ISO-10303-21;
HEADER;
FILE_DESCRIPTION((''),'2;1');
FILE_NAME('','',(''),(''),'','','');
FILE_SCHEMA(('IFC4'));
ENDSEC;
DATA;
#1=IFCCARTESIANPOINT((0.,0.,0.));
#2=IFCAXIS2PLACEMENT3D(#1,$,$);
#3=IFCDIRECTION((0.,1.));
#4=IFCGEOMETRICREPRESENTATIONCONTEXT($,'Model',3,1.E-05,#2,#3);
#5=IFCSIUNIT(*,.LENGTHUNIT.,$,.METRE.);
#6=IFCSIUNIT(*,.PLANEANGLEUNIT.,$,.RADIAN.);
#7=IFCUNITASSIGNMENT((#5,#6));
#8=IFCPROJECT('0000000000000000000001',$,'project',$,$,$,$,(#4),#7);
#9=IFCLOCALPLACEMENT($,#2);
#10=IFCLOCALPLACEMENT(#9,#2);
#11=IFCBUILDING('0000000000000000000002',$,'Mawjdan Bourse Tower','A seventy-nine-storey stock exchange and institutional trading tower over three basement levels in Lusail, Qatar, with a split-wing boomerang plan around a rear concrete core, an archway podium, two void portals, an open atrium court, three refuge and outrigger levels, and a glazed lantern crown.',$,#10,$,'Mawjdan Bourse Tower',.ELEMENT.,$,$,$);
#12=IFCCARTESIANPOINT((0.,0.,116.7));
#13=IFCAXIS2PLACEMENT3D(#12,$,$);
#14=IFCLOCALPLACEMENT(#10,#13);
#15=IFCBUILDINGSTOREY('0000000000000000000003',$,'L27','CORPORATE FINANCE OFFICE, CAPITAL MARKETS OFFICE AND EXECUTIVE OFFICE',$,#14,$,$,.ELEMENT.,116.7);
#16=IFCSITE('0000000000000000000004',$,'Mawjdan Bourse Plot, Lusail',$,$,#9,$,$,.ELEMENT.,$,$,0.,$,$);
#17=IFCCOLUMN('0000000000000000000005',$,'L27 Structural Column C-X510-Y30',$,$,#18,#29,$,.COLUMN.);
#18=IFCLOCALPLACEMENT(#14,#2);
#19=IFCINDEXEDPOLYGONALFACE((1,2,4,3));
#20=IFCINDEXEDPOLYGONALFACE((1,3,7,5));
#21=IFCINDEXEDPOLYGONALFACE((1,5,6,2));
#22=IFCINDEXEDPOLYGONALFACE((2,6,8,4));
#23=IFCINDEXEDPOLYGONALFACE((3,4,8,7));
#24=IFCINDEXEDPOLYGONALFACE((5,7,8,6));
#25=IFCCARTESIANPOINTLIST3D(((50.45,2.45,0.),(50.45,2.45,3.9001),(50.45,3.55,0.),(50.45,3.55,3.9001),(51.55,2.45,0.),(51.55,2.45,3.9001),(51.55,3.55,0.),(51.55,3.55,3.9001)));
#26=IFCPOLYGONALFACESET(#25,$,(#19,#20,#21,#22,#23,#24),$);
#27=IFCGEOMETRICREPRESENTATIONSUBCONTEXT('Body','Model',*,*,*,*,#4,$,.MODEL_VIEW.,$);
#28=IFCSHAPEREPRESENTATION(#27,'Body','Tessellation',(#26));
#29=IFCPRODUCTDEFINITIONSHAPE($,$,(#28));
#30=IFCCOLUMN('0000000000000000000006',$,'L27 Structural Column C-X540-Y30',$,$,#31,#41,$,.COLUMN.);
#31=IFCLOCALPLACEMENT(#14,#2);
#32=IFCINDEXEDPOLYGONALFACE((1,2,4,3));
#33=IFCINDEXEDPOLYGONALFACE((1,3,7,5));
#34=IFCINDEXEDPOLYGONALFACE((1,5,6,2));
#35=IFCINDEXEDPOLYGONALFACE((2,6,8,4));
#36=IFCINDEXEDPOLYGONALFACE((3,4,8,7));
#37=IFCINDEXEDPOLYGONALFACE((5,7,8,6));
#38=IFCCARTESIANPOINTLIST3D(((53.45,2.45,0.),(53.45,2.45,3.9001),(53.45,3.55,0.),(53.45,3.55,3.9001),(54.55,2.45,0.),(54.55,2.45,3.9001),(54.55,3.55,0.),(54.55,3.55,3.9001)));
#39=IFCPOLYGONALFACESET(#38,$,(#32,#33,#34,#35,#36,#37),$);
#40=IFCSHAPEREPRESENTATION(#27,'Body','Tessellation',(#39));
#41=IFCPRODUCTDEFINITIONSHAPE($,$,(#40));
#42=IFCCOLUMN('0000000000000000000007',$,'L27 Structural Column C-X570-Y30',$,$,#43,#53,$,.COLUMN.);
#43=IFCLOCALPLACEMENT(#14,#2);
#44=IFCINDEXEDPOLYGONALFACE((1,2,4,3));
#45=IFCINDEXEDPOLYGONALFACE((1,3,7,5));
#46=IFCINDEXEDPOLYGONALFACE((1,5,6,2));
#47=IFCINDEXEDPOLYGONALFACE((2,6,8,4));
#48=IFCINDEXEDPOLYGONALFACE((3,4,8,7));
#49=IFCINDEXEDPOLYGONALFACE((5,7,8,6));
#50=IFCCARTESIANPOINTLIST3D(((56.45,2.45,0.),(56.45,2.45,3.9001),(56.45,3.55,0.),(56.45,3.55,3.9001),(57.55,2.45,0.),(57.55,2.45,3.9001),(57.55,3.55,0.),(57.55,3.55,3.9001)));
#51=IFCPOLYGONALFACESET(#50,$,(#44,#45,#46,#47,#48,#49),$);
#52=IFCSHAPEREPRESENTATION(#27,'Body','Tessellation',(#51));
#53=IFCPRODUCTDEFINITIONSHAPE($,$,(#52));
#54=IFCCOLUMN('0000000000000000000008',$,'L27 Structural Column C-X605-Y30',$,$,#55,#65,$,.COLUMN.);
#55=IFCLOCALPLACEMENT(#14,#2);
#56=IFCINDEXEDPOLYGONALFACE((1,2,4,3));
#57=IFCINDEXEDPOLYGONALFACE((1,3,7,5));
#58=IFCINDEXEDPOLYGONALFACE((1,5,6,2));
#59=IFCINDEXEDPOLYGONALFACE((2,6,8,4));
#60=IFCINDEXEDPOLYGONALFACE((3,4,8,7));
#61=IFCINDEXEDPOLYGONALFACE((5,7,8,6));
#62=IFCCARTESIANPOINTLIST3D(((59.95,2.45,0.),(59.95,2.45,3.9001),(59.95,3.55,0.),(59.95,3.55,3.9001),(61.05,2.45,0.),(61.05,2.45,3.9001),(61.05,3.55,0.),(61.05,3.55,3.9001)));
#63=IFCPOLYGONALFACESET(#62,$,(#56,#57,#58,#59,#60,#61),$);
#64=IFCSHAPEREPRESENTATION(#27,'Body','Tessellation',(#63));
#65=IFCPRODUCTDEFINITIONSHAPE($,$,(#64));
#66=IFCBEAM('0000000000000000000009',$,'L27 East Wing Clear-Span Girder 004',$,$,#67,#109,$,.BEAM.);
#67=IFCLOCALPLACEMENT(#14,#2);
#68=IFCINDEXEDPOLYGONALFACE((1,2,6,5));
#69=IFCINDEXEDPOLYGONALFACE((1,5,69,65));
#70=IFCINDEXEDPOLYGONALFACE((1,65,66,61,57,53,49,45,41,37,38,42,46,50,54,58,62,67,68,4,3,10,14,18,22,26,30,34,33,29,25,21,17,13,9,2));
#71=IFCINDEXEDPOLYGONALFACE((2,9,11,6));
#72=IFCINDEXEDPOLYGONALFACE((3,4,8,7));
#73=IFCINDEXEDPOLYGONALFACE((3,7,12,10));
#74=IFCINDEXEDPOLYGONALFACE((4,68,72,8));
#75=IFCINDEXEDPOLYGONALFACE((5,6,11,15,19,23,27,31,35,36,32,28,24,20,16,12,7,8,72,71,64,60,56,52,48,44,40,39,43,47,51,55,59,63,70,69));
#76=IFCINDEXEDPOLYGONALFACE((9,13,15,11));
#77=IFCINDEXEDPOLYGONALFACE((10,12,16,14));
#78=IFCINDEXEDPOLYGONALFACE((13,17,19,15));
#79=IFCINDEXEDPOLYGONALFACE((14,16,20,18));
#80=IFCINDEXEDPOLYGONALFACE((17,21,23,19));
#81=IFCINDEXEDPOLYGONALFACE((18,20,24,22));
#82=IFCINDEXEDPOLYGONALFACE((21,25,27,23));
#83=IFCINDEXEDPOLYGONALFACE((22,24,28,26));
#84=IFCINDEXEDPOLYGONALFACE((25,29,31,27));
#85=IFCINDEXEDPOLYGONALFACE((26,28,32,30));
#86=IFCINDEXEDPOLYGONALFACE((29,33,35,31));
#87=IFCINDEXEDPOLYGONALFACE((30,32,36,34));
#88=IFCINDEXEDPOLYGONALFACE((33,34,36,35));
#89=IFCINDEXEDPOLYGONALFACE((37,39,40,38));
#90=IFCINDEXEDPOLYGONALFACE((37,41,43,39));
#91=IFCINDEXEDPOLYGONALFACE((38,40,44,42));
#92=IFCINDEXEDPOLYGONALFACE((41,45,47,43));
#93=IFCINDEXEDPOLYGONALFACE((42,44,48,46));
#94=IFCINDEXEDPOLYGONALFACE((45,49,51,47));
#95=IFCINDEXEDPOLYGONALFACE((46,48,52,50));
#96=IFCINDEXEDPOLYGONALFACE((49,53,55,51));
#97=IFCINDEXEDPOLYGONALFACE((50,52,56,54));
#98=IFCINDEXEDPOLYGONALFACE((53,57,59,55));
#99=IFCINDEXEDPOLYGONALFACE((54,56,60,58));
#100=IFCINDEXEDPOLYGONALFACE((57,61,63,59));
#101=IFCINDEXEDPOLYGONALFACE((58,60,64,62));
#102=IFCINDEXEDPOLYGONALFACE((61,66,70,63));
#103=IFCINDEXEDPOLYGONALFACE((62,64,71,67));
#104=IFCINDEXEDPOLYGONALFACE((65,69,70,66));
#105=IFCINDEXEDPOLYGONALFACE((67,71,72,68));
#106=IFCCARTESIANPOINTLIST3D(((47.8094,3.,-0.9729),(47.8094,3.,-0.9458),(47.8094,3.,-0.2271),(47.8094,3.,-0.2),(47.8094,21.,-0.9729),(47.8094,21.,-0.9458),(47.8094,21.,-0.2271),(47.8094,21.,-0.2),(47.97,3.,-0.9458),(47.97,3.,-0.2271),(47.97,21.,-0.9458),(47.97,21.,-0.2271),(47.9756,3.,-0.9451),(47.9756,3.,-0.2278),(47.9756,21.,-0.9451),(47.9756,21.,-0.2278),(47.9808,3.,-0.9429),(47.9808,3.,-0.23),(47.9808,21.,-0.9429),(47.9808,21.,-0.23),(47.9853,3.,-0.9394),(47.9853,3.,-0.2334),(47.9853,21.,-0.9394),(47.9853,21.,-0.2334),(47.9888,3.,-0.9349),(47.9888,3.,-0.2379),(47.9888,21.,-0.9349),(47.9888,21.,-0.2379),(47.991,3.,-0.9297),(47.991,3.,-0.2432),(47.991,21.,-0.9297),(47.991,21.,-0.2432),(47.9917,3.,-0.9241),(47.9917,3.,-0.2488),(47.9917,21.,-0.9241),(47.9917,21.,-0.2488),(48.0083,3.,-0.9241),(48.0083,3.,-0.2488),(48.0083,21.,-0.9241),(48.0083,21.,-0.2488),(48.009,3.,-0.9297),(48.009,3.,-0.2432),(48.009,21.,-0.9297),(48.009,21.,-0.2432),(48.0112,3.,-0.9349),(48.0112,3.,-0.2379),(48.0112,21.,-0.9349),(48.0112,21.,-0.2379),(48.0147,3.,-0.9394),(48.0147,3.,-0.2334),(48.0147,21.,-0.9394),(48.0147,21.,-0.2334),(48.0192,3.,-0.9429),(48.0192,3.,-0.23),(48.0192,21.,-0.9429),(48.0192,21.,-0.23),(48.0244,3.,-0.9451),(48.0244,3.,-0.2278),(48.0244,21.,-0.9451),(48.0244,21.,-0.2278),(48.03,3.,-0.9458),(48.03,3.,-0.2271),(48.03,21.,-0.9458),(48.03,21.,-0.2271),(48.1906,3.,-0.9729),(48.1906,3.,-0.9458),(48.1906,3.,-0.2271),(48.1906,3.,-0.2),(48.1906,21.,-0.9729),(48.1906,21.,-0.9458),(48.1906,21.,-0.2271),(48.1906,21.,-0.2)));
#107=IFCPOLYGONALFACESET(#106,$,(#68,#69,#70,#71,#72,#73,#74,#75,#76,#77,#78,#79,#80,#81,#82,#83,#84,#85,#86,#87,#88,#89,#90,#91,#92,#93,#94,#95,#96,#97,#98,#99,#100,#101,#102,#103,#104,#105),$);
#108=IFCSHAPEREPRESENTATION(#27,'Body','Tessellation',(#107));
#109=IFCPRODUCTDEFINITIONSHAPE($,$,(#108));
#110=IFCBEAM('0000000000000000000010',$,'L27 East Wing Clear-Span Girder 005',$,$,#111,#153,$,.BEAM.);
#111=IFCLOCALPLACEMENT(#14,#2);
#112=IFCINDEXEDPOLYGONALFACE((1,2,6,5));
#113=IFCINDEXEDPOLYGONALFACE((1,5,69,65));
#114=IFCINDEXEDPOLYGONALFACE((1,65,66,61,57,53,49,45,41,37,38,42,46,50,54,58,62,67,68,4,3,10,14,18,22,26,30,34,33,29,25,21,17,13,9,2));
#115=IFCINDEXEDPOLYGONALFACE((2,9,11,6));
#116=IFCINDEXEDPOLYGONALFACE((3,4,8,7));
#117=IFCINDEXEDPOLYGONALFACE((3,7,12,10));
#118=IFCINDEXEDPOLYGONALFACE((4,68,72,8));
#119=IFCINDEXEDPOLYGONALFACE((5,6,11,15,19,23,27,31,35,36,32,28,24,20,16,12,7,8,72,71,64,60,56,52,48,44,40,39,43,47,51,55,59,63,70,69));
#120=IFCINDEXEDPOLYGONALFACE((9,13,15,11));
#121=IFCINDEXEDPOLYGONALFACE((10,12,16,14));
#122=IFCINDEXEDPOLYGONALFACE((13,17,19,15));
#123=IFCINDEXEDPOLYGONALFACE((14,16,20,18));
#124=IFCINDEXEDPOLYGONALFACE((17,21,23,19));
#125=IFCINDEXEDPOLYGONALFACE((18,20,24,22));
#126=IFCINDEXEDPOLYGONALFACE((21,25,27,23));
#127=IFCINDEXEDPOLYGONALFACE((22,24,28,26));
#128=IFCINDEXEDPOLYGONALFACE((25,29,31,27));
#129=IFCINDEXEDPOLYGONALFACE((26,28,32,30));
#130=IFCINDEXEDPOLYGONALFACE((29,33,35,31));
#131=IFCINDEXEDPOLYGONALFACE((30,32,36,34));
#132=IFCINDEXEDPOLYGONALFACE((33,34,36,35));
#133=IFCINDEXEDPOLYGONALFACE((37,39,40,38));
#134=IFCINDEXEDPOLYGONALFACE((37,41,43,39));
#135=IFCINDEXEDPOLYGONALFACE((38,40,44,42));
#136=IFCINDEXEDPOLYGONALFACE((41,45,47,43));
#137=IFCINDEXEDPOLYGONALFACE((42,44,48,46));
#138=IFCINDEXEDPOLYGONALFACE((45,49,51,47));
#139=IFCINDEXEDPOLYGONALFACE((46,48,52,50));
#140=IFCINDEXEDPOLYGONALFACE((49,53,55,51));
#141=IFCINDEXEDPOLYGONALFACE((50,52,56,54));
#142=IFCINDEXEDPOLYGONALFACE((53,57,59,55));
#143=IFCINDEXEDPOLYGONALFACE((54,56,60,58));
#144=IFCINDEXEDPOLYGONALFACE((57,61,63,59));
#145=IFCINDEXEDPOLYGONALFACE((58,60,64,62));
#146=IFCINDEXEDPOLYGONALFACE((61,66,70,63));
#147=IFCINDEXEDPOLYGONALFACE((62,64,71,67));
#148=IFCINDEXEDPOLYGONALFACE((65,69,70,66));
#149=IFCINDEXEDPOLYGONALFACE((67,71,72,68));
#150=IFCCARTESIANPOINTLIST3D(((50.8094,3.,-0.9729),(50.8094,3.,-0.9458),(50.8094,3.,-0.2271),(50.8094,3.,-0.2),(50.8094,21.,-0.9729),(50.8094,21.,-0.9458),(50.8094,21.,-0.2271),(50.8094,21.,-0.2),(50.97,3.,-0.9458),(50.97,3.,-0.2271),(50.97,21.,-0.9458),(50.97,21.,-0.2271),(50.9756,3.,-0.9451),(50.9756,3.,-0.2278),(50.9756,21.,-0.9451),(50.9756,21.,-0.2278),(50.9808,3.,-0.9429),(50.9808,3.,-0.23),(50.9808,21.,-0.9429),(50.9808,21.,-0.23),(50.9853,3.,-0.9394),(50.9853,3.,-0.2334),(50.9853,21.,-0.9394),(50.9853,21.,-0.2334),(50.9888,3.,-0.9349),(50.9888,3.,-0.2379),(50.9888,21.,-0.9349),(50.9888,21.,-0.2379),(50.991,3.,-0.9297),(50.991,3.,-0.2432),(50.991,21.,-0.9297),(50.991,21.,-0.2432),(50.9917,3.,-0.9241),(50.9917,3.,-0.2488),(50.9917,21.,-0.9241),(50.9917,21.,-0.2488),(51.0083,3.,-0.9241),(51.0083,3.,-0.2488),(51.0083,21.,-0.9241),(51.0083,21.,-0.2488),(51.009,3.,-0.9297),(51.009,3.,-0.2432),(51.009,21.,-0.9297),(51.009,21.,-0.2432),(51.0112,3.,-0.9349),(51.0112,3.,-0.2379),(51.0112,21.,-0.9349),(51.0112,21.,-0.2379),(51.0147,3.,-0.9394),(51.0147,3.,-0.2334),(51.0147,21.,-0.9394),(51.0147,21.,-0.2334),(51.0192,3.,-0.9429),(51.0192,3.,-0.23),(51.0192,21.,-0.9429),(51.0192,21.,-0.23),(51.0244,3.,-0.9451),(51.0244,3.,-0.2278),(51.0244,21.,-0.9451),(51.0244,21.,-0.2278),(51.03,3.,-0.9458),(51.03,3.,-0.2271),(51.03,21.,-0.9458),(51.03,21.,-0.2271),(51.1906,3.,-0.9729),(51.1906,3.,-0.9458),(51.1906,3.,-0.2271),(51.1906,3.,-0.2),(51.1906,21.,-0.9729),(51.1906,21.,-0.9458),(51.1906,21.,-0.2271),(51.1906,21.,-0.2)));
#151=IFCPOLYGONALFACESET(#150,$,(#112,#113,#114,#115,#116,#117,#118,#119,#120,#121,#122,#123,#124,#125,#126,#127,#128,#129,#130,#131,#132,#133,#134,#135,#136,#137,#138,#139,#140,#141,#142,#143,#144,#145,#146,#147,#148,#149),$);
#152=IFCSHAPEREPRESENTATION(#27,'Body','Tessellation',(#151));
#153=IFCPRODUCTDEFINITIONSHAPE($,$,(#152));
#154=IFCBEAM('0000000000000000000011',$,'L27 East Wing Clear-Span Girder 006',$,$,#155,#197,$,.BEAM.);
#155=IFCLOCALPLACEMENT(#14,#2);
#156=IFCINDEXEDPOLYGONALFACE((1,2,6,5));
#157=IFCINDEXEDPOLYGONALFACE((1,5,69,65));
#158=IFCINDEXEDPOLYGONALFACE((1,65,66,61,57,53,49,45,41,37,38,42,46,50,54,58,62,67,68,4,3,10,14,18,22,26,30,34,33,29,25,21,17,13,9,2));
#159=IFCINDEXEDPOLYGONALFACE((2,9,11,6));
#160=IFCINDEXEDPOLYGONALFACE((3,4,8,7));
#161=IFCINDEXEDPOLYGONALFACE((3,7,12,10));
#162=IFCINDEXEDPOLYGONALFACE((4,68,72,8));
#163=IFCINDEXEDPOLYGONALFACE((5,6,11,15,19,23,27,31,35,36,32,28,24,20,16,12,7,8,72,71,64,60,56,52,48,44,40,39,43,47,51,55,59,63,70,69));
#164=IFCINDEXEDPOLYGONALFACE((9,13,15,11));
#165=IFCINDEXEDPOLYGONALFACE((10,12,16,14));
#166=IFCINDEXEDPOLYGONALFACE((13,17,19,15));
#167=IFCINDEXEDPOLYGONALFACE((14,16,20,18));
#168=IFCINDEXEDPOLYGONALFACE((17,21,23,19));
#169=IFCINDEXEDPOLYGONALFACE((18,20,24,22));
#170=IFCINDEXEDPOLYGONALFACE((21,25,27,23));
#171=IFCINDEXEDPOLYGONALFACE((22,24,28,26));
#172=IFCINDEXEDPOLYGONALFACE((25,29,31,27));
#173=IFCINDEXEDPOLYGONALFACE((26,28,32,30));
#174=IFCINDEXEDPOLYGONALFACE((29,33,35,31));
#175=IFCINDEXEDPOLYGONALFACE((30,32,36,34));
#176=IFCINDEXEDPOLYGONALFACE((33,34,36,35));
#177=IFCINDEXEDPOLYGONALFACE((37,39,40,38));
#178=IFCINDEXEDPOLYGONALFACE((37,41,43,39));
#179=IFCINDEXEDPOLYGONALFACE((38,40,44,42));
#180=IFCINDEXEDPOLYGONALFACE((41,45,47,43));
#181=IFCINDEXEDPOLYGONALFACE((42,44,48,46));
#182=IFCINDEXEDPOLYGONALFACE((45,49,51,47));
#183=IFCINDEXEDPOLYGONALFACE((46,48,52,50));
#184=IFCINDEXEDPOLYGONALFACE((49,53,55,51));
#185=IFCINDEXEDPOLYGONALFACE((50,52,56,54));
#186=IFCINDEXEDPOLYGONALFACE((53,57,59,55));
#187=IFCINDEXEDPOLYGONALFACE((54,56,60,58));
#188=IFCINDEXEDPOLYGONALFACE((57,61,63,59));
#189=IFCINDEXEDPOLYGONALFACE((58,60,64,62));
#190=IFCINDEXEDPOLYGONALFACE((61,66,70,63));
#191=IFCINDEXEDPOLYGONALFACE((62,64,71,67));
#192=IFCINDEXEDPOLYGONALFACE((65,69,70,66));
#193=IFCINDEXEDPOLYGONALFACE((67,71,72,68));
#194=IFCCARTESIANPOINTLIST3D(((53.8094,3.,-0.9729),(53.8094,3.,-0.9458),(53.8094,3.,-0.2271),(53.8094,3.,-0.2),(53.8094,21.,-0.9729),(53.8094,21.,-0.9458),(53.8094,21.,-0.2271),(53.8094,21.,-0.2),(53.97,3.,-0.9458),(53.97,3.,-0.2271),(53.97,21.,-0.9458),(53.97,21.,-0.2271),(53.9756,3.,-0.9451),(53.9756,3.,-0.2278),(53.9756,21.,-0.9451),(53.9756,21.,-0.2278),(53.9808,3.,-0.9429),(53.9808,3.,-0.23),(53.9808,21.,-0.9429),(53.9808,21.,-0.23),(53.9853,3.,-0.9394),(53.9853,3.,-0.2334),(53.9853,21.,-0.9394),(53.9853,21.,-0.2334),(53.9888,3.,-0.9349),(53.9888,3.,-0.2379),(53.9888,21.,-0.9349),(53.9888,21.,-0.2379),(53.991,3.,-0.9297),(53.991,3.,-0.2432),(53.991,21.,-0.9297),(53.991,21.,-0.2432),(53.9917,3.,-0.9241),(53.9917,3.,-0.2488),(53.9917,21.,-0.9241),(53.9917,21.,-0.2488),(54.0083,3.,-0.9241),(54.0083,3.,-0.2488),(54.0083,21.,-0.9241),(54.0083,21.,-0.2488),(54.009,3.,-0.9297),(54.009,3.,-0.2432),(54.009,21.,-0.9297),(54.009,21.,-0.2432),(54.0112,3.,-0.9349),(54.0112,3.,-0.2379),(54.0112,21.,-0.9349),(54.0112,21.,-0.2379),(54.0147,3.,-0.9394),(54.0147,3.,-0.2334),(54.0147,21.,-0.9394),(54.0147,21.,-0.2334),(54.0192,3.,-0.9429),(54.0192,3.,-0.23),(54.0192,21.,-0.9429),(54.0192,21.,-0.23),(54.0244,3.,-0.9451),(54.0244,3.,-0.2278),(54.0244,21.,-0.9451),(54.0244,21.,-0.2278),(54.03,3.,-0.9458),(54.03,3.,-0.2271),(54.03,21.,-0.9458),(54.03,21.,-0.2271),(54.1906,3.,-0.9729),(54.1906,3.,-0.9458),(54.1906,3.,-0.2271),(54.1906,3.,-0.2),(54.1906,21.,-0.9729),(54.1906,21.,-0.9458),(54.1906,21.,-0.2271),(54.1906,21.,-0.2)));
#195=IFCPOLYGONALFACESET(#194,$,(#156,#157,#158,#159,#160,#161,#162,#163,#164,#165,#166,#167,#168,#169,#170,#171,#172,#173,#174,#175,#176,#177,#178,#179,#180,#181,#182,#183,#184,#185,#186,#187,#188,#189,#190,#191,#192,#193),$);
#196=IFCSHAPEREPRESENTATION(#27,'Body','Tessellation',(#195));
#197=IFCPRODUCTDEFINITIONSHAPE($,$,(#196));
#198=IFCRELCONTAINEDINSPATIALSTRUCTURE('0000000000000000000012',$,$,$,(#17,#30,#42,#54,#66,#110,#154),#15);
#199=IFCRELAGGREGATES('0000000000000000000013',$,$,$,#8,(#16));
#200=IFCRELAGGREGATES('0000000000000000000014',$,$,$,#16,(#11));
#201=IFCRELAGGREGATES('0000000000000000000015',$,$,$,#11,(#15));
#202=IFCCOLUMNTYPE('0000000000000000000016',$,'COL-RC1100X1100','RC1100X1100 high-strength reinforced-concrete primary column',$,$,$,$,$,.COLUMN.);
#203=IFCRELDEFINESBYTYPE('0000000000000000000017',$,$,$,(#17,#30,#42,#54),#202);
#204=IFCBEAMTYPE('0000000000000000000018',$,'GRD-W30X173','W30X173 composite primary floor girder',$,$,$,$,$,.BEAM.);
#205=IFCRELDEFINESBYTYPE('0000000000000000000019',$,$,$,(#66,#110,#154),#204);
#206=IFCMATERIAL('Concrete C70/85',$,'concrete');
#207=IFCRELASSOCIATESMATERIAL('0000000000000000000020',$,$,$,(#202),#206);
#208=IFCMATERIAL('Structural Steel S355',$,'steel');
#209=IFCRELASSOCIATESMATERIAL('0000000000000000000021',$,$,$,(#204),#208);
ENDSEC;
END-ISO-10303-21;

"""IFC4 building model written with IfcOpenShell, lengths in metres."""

from ifc_helpers import new_model, si_unit, direction, frame, origin, origin_2d, place, context, subcontext, project, spatial, rectangle, i_section, extrude, material, material_profile, profile_set, type_object, element, save


model = new_model("IFC4")

# Units and contexts
model_context = context("Model", 3, precision=1e-05, world=origin(), true_north=direction((0.0, 1.0)))
body_context = subcontext(model_context, "Body", "Model", "MODEL_VIEW")
ifc_project = project(units=[si_unit("LENGTHUNIT", "METRE"), si_unit("PLANEANGLEUNIT", "RADIAN")], contexts=[model_context])

# Site, building, storey
site_placement = place(None, origin())
site = spatial("IfcSite", under=ifc_project, at=site_placement, Name="Mawjdan Bourse Plot, Lusail", CompositionType="ELEMENT", RefElevation=0.0)
building_placement = place(site_placement, origin())
building = spatial("IfcBuilding", under=site, at=building_placement, Name="Mawjdan Bourse Tower", Description="A seventy-nine-storey stock exchange and institutional trading tower over three basement levels in Lusail, Qatar, with a split-wing boomerang plan around a rear concrete core, an archway podium, two void portals, an open atrium court, three refuge and outrigger levels, and a glazed lantern crown.", LongName="Mawjdan Bourse Tower", CompositionType="ELEMENT")
storey_placement = place(building_placement, frame((0.0, 0.0, 116.7)))
storey = spatial("IfcBuildingStorey", under=building, at=storey_placement, Name="L27", Description="CORPORATE FINANCE OFFICE, CAPITAL MARKETS OFFICE AND EXECUTIVE OFFICE", CompositionType="ELEMENT", Elevation=116.7)

# Columns
ifc_material_1 = material(Name="Concrete C70/85", Category="concrete")
ifc_material_profile_1 = material_profile(ifc_material_1, rectangle(XDim=1.1001, YDim=1.1001, at=origin_2d()), Name="RC1100X1100")
ifc_profile_set_1 = profile_set([ifc_material_profile_1], Name="Concrete C70/85")
column_type = type_object("IfcColumnType", Name="COL-RC1100X1100", Description="RC1100X1100 high-strength reinforced-concrete primary column", PredefinedType="COLUMN", material=ifc_profile_set_1)
for number, where, z_axis, x_axis, name in (
    (1, (51.0, 3.0, 0.0), (0.0, 0.0, 1.0), (1.0, 0.0, 0.0), "L27 Structural Column C-X510-Y30"),
    (2, (54.0, 3.0, 0.0), (0.0, 0.0, 1.0), (1.0, 0.0, 0.0), "L27 Structural Column C-X540-Y30"),
    (3, (57.0, 3.0, 0.0), (0.0, 0.0, 1.0), (1.0, 0.0, 0.0), "L27 Structural Column C-X570-Y30"),
    (4, (60.5, 3.0, 0.0), (0.0, 0.0, 1.0), (1.0, 0.0, 0.0), "L27 Structural Column C-X605-Y30"),
):
    element("IfcColumn", number, at=place(storey_placement, frame(where, z_axis=z_axis, x_axis=x_axis)), inside=storey, type_object=column_type, Name=name, PredefinedType="COLUMN", context=body_context, shape_type="SweptSolid", body=[
        extrude(rectangle(XDim=1.1001, YDim=1.1001, at=origin_2d()), origin(), (0.0, 0.0, 1.0), 3.9001),
    ])

# Beams
ifc_material_2 = material(Name="Structural Steel S355", Category="steel")
ifc_material_profile_2 = material_profile(ifc_material_2, i_section(OverallWidth=0.3811, OverallDepth=0.7729, WebThickness=0.0166, FlangeThickness=0.0271, FilletRadius=0.0217, at=origin_2d()), Name="W30X173")
ifc_profile_set_2 = profile_set([ifc_material_profile_2], Name="Structural Steel S355")
beam_type_1 = type_object("IfcBeamType", Name="GRD-W30X173", Description="W30X173 composite primary floor girder", PredefinedType="BEAM", material=ifc_profile_set_2)
for number, where, z_axis, x_axis, name in (
    (5, (48.0, 3.0, -0.5864), (0.0, 1.0, 0.0), (-1.0, 0.0, 0.0), "L27 East Wing Clear-Span Girder 004"),
    (6, (51.0, 3.0, -0.5864), (0.0, 1.0, 0.0), (-1.0, 0.0, 0.0), "L27 East Wing Clear-Span Girder 005"),
    (7, (54.0, 3.0, -0.5864), (0.0, 1.0, 0.0), (-1.0, 0.0, 0.0), "L27 East Wing Clear-Span Girder 006"),
):
    element("IfcBeam", number, at=place(storey_placement, frame(where, z_axis=z_axis, x_axis=x_axis)), inside=storey, type_object=beam_type_1, Name=name, PredefinedType="BEAM", context=body_context, shape_type="SweptSolid", body=[
        extrude(i_section(OverallWidth=0.3811, OverallDepth=0.7729, WebThickness=0.0166, FlangeThickness=0.0271, FilletRadius=0.0217, at=origin_2d()), origin(), (0.0, 0.0, 1.0), 18.0),
    ])

save(model, "model.ifc")
